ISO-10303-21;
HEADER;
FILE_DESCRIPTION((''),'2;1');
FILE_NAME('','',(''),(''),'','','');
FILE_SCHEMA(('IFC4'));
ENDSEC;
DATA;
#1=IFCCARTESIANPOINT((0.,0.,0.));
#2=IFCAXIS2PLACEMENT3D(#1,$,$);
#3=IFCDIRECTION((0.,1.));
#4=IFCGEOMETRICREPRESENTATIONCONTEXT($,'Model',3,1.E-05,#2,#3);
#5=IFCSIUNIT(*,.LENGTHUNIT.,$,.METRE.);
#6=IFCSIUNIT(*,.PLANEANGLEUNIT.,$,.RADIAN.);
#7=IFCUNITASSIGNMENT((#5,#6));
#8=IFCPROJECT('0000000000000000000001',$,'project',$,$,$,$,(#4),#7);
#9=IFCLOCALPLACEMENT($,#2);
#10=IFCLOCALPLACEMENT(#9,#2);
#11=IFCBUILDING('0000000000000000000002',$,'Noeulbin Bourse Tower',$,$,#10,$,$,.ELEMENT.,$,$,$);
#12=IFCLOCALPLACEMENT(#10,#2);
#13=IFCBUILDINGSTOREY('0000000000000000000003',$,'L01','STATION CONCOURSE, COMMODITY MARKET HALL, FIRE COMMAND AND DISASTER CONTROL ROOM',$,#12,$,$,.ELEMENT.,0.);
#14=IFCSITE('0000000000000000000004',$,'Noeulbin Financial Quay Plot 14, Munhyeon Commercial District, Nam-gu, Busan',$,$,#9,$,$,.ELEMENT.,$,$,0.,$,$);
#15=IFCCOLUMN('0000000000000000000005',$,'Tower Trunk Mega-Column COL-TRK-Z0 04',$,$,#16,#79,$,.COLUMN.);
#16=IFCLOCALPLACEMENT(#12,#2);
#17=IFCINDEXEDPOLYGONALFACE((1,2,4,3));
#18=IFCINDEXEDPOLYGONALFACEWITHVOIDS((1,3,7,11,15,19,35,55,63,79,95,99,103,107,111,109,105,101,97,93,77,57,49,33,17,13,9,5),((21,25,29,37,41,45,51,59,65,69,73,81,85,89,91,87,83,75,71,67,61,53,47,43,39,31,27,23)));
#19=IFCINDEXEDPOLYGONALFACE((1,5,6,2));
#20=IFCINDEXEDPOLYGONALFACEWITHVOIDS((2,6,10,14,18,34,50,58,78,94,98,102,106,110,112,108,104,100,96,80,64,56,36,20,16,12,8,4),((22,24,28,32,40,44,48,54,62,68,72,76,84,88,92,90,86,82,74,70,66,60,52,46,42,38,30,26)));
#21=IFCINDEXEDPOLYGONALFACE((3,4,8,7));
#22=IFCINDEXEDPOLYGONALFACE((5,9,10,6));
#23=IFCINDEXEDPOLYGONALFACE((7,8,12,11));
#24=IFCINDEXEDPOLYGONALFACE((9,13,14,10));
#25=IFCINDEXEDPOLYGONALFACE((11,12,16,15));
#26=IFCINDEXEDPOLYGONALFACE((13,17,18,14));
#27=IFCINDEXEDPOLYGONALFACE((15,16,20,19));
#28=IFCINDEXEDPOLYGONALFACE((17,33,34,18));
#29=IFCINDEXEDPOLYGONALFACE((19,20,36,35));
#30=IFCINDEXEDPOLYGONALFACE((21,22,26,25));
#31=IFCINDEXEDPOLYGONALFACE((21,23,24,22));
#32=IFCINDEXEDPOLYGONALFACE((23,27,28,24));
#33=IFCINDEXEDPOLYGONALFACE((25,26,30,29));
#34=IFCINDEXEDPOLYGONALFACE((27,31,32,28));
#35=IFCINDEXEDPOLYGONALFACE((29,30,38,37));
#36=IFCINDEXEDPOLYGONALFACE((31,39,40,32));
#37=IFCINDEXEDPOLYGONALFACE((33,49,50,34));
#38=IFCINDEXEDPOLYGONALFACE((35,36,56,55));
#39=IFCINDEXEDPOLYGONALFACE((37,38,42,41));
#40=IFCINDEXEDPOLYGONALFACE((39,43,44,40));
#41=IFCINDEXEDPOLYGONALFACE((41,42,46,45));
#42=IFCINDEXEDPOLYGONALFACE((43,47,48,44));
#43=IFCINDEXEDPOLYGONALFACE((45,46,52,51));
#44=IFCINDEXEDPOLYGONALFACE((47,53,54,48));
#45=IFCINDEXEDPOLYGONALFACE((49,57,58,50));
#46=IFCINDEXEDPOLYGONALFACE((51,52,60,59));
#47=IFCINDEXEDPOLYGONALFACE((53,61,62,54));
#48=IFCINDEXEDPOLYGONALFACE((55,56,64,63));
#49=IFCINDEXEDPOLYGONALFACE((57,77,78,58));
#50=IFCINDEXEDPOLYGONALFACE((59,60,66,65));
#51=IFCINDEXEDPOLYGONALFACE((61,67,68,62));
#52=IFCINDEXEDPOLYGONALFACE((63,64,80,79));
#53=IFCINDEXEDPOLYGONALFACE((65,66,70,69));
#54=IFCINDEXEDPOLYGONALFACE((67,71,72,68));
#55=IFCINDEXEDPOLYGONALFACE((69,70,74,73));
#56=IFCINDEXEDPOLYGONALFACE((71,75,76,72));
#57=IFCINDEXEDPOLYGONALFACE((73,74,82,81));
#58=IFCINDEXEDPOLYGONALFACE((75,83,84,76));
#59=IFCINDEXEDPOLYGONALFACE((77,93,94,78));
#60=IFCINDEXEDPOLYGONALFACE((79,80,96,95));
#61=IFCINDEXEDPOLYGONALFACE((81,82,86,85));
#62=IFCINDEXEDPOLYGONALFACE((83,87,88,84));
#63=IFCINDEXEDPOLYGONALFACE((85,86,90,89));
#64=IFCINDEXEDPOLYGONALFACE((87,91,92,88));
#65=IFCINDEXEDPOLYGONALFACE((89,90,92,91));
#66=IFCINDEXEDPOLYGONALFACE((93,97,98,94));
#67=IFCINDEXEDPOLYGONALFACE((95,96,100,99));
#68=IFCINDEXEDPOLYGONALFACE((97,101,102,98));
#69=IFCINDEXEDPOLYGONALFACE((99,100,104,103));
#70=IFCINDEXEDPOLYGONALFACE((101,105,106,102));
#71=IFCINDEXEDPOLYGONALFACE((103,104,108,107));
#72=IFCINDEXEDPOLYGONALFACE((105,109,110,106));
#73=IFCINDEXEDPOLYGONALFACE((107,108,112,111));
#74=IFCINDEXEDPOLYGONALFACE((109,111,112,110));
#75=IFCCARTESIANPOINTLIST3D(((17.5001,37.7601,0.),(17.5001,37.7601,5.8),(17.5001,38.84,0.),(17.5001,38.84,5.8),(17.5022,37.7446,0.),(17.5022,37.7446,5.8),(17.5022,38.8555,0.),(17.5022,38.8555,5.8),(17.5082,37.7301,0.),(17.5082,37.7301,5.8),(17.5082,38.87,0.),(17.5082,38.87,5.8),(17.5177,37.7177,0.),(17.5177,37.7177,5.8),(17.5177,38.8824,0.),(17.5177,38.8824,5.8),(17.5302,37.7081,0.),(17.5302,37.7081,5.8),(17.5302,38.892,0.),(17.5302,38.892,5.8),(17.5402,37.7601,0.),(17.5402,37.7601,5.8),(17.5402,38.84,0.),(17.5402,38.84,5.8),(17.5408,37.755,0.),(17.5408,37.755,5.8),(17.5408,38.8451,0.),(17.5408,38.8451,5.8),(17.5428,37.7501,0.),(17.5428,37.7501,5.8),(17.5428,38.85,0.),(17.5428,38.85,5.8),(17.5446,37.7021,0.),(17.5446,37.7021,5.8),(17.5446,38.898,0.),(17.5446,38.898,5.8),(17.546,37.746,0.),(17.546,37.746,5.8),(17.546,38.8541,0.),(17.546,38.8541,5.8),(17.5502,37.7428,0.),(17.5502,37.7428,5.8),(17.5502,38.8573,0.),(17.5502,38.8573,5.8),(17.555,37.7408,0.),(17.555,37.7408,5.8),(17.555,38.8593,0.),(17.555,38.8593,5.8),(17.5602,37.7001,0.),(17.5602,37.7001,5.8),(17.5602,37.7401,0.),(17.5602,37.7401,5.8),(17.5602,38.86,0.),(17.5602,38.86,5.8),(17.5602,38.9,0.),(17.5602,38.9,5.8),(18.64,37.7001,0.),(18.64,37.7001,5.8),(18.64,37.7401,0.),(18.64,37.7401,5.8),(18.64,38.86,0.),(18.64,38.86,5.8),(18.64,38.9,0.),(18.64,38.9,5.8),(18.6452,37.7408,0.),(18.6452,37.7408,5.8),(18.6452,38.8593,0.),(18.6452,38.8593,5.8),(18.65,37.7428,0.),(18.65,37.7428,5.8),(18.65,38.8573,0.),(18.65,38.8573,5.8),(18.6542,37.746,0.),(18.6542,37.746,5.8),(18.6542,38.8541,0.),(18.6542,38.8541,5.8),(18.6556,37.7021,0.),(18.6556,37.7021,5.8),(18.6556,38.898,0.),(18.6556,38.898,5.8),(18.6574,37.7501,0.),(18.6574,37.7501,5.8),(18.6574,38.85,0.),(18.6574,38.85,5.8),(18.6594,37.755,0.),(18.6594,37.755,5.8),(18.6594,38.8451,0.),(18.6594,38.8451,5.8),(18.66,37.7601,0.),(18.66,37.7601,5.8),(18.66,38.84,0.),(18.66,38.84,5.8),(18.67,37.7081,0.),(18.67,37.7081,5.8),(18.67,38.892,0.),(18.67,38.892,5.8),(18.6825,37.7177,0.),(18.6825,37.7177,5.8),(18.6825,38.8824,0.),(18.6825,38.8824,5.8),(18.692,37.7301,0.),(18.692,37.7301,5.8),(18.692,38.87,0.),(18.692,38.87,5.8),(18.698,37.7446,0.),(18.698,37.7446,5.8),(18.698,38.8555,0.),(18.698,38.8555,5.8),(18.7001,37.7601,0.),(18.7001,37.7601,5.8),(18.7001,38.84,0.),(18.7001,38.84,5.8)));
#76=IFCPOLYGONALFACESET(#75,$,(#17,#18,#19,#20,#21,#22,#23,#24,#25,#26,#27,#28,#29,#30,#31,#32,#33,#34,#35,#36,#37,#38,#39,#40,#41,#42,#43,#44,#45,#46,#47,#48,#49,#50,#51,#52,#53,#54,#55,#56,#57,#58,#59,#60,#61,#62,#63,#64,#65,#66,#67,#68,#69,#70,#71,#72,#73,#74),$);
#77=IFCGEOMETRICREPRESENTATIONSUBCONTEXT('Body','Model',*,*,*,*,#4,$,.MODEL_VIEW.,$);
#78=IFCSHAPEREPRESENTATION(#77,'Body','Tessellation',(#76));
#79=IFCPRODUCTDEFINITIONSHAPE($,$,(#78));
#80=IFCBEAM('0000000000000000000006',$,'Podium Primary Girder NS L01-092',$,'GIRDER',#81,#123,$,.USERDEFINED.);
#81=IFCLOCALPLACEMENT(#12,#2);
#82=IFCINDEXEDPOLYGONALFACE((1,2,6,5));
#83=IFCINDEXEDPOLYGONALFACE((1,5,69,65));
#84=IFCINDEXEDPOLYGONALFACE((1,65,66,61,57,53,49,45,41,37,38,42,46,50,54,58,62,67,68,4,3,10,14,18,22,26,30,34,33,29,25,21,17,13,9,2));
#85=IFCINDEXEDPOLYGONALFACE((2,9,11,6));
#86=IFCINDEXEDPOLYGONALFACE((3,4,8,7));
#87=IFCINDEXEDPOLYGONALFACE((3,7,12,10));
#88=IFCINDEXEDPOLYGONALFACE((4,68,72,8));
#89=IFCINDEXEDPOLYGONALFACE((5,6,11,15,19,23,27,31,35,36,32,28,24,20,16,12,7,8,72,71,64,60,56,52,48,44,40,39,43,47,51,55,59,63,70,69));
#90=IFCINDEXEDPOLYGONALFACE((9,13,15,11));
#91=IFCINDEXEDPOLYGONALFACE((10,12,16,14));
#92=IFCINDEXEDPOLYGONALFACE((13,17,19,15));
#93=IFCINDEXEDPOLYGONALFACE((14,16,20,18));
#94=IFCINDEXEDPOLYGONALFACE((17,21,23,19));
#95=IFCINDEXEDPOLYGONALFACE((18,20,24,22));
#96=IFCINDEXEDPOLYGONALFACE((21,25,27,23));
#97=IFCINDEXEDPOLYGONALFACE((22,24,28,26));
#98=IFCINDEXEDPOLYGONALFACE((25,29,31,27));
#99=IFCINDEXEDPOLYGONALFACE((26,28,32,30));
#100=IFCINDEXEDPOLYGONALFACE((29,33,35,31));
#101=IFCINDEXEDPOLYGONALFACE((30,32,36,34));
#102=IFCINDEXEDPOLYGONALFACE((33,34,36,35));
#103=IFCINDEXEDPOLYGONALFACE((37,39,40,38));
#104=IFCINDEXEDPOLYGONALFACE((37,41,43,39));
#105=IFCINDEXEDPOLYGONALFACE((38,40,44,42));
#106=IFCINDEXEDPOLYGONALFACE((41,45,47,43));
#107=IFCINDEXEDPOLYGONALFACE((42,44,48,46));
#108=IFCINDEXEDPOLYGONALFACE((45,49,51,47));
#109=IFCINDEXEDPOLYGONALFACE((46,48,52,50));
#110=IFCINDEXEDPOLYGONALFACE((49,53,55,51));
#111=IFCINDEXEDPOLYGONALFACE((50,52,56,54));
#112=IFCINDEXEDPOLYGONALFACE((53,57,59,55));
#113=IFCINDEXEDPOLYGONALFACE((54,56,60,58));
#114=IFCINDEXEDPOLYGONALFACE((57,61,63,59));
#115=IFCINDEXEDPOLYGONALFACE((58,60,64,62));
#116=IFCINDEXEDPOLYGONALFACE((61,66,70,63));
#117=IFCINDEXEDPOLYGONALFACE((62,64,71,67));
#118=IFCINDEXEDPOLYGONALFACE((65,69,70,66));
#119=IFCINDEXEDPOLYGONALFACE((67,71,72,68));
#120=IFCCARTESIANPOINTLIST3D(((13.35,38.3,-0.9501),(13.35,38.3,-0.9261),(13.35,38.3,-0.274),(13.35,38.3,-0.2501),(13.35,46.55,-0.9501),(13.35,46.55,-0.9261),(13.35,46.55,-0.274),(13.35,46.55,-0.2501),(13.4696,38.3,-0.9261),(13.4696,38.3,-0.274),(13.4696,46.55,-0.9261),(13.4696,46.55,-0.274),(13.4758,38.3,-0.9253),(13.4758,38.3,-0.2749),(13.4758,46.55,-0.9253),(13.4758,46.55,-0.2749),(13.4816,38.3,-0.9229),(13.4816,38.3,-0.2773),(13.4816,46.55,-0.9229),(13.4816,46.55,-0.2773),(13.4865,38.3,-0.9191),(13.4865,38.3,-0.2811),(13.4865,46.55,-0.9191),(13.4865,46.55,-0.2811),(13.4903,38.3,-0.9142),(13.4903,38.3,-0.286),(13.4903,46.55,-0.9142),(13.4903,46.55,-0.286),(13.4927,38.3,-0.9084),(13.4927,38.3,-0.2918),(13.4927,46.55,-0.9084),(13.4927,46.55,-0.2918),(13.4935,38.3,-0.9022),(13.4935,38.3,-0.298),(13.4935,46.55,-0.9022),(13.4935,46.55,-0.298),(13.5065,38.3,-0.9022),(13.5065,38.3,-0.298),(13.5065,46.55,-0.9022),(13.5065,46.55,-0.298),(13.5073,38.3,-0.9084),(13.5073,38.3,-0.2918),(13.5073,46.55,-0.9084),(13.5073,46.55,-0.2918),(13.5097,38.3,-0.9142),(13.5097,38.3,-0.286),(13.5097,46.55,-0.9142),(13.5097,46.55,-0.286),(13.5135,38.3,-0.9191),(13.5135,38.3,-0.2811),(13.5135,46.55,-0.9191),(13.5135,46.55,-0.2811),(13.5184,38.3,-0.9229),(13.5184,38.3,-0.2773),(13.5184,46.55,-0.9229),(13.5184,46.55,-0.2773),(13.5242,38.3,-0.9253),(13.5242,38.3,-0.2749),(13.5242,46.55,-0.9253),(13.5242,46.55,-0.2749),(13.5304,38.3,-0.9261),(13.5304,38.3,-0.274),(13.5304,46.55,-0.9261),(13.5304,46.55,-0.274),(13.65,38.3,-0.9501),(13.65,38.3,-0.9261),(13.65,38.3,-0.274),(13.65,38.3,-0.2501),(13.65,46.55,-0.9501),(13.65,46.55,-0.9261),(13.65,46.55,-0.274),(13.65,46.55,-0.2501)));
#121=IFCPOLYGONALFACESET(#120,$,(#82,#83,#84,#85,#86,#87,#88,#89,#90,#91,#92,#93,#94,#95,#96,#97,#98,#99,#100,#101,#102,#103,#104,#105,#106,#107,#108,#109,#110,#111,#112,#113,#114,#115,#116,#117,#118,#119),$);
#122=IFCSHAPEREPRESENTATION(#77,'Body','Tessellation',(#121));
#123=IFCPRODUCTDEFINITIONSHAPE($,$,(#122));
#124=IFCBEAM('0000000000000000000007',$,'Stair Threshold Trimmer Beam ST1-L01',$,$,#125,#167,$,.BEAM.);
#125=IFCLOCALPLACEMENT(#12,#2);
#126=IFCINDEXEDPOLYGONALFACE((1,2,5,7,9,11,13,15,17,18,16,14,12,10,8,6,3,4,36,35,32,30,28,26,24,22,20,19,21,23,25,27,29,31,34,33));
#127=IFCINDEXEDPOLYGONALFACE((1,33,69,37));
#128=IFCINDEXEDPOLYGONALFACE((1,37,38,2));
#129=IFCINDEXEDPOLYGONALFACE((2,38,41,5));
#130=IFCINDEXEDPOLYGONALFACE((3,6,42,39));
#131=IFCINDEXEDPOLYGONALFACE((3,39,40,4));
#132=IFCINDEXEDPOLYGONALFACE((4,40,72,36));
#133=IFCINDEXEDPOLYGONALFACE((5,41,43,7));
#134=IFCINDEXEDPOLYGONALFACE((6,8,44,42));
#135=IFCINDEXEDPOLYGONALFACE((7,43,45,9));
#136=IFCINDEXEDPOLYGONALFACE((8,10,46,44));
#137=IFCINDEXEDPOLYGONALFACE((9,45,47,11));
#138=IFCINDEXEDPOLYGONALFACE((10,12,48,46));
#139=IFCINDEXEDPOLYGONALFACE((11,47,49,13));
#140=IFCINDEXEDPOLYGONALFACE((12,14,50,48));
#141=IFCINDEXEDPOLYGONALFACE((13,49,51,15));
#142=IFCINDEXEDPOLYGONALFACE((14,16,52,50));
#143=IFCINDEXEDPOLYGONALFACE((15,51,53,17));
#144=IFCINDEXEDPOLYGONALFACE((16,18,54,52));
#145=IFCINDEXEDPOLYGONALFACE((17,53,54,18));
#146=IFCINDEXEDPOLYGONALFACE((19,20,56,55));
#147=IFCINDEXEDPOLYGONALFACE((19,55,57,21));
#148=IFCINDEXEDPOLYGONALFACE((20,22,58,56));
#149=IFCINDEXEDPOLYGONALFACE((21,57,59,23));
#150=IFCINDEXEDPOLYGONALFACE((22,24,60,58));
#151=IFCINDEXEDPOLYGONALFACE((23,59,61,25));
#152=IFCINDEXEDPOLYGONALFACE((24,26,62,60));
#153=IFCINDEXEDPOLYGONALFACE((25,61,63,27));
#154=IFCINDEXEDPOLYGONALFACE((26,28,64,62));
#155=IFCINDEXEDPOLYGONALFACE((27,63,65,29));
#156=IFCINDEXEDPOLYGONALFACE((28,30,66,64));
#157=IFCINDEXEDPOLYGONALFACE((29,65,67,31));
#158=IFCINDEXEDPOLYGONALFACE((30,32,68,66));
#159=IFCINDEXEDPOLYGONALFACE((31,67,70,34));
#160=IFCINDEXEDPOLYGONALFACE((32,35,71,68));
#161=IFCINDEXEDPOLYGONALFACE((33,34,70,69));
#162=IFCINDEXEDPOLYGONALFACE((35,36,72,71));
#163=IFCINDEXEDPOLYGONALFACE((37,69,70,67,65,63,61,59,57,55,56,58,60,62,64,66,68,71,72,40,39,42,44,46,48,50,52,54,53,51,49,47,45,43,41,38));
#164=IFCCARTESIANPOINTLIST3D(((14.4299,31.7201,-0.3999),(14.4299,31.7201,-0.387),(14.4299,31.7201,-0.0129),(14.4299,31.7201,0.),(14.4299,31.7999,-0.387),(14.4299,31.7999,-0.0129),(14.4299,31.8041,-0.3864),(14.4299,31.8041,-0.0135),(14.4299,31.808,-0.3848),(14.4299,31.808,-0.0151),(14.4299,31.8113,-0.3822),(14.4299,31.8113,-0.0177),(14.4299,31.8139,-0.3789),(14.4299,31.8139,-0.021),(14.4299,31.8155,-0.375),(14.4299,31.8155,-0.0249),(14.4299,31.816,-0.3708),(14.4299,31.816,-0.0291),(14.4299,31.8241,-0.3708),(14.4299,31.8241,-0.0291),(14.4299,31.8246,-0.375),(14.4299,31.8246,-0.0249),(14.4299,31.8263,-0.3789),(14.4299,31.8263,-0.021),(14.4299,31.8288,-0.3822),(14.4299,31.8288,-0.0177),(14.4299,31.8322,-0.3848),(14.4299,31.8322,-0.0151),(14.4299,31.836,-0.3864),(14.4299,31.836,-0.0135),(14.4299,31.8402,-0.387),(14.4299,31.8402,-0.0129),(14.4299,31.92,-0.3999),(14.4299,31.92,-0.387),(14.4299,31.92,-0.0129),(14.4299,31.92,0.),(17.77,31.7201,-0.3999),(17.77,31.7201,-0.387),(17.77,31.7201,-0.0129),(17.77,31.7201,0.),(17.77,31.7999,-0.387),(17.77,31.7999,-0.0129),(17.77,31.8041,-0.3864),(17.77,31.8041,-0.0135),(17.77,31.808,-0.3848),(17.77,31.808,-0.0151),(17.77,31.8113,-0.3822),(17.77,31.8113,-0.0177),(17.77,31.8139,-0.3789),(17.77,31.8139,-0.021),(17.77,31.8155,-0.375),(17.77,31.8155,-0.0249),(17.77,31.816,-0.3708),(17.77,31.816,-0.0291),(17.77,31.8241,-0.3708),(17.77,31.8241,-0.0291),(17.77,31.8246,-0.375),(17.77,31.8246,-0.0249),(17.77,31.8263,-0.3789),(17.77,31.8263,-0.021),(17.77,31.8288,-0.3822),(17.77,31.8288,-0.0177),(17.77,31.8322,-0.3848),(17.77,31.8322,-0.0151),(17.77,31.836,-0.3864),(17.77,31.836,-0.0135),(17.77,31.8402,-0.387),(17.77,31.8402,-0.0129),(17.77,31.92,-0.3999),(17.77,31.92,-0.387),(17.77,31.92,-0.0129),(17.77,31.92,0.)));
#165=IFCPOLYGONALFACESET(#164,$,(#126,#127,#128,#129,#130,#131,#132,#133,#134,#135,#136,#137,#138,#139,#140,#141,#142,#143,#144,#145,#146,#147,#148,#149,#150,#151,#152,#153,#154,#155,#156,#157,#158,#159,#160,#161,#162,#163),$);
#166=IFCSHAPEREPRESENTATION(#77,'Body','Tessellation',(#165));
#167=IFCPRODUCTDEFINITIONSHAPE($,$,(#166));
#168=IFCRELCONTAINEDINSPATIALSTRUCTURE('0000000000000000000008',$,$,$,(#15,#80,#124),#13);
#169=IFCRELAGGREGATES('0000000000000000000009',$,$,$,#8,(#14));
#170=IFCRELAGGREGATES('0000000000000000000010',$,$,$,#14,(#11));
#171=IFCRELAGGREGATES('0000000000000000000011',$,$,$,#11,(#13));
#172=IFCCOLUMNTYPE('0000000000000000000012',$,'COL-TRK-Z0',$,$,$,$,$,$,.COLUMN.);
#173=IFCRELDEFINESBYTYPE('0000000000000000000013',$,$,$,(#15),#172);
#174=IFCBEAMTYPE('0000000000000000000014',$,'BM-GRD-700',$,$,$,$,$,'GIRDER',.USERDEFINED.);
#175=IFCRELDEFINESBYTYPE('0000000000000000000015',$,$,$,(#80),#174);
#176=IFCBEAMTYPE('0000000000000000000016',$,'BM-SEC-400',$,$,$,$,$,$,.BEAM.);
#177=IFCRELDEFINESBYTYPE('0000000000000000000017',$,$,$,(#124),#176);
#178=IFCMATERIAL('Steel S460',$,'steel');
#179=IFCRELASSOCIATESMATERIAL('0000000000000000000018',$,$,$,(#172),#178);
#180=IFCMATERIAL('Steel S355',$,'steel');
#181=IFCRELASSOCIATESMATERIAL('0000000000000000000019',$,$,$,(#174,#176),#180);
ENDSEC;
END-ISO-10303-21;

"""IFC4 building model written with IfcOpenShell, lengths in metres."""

from ifc_helpers import new_model, si_unit, direction, frame, origin, origin_2d, place, context, subcontext, project, spatial, hollow_rectangle, i_section, extrude, material, material_profile, profile_set, type_object, element, save


model = new_model("IFC4")

# Units and contexts
model_context = context("Model", 3, precision=1e-05, world=origin(), true_north=direction((0.0, 1.0)))
body_context = subcontext(model_context, "Body", "Model", "MODEL_VIEW")
ifc_project = project(units=[si_unit("LENGTHUNIT", "METRE"), si_unit("PLANEANGLEUNIT", "RADIAN")], contexts=[model_context])

# Site, building, storey
site_placement = place(None, origin())
site = spatial("IfcSite", under=ifc_project, at=site_placement, Name="Noeulbin Financial Quay Plot 14, Munhyeon Commercial District, Nam-gu, Busan", CompositionType="ELEMENT", RefElevation=0.0)
building_placement = place(site_placement, origin())
building = spatial("IfcBuilding", under=site, at=building_placement, Name="Noeulbin Bourse Tower", CompositionType="ELEMENT")
storey_placement = place(building_placement, origin())
storey = spatial("IfcBuildingStorey", under=building, at=storey_placement, Name="L01", Description="STATION CONCOURSE, COMMODITY MARKET HALL, FIRE COMMAND AND DISASTER CONTROL ROOM", CompositionType="ELEMENT", Elevation=0.0)

# Column
ifc_material_1 = material(Name="Steel S460", Category="steel")
ifc_material_profile_1 = material_profile(ifc_material_1, hollow_rectangle(XDim=1.2, YDim=1.2, WallThickness=0.04, InnerFilletRadius=0.02, OuterFilletRadius=0.0601, at=origin_2d()), Name="BOX-1200x1200x40", Category="LoadBearing")
ifc_profile_set_1 = profile_set([ifc_material_profile_1], Name="Steel S460")
column_type = type_object("IfcColumnType", Name="COL-TRK-Z0", PredefinedType="COLUMN", material=ifc_profile_set_1)
column_placement = place(storey_placement, frame((18.1001, 38.3, 0.0), z_axis=(0.0, 0.0, 1.0), x_axis=(1.0, 0.0, 0.0)))
element("IfcColumn", 1, at=column_placement, inside=storey, type_object=column_type, Name="Tower Trunk Mega-Column COL-TRK-Z0 04", PredefinedType="COLUMN", context=body_context, shape_type="SweptSolid", body=[
    extrude(hollow_rectangle(XDim=1.2, YDim=1.2, WallThickness=0.04, InnerFilletRadius=0.02, OuterFilletRadius=0.0601, at=origin_2d()), origin(), (0.0, 0.0, 1.0), 5.8),
])

# Beams
ifc_material_2 = material(Name="Steel S355", Category="steel")
ifc_material_profile_2 = material_profile(ifc_material_2, i_section(OverallWidth=0.3, OverallDepth=0.7, WebThickness=0.0129, FlangeThickness=0.0239, FilletRadius=0.0239, at=origin_2d()), Name="H-700x300x13x24", Category="LoadBearing")
ifc_profile_set_2 = profile_set([ifc_material_profile_2], Name="Steel S355")
beam_type_1 = type_object("IfcBeamType", Name="BM-GRD-700", ElementType="GIRDER", PredefinedType="USERDEFINED", material=ifc_profile_set_2)
beam_1_placement = place(storey_placement, frame((13.5, 38.3, -0.6001), z_axis=(0.0, 1.0, 0.0), x_axis=(-1.0, 0.0, 0.0)))
element("IfcBeam", 2, at=beam_1_placement, inside=storey, type_object=beam_type_1, Name="Podium Primary Girder NS L01-092", ObjectType="GIRDER", PredefinedType="USERDEFINED", context=body_context, shape_type="SweptSolid", body=[
    extrude(i_section(OverallWidth=0.3, OverallDepth=0.7, WebThickness=0.0129, FlangeThickness=0.0239, FilletRadius=0.0239, at=origin_2d()), origin(), (0.0, 0.0, 1.0), 8.25),
])
ifc_material_profile_3 = material_profile(ifc_material_2, i_section(OverallWidth=0.2, OverallDepth=0.3999, WebThickness=0.0081, FlangeThickness=0.0129, FilletRadius=0.0161, at=origin_2d()), Name="H-400x200x8x13", Category="LoadBearing")
ifc_profile_set_3 = profile_set([ifc_material_profile_3], Name="Steel S355")
beam_type_2 = type_object("IfcBeamType", Name="BM-SEC-400", PredefinedType="BEAM", material=ifc_profile_set_3)
beam_2_placement = place(storey_placement, frame((14.4299, 31.8201, -0.2), z_axis=(1.0, 0.0, 0.0), x_axis=(0.0, 1.0, 0.0)))
element("IfcBeam", 3, at=beam_2_placement, inside=storey, type_object=beam_type_2, Name="Stair Threshold Trimmer Beam ST1-L01", PredefinedType="BEAM", context=body_context, shape_type="SweptSolid", body=[
    extrude(i_section(OverallWidth=0.2, OverallDepth=0.3999, WebThickness=0.0081, FlangeThickness=0.0129, FilletRadius=0.0161, at=origin_2d()), origin(), (0.0, 0.0, 1.0), 3.3401),
])

save(model, "model.ifc")
